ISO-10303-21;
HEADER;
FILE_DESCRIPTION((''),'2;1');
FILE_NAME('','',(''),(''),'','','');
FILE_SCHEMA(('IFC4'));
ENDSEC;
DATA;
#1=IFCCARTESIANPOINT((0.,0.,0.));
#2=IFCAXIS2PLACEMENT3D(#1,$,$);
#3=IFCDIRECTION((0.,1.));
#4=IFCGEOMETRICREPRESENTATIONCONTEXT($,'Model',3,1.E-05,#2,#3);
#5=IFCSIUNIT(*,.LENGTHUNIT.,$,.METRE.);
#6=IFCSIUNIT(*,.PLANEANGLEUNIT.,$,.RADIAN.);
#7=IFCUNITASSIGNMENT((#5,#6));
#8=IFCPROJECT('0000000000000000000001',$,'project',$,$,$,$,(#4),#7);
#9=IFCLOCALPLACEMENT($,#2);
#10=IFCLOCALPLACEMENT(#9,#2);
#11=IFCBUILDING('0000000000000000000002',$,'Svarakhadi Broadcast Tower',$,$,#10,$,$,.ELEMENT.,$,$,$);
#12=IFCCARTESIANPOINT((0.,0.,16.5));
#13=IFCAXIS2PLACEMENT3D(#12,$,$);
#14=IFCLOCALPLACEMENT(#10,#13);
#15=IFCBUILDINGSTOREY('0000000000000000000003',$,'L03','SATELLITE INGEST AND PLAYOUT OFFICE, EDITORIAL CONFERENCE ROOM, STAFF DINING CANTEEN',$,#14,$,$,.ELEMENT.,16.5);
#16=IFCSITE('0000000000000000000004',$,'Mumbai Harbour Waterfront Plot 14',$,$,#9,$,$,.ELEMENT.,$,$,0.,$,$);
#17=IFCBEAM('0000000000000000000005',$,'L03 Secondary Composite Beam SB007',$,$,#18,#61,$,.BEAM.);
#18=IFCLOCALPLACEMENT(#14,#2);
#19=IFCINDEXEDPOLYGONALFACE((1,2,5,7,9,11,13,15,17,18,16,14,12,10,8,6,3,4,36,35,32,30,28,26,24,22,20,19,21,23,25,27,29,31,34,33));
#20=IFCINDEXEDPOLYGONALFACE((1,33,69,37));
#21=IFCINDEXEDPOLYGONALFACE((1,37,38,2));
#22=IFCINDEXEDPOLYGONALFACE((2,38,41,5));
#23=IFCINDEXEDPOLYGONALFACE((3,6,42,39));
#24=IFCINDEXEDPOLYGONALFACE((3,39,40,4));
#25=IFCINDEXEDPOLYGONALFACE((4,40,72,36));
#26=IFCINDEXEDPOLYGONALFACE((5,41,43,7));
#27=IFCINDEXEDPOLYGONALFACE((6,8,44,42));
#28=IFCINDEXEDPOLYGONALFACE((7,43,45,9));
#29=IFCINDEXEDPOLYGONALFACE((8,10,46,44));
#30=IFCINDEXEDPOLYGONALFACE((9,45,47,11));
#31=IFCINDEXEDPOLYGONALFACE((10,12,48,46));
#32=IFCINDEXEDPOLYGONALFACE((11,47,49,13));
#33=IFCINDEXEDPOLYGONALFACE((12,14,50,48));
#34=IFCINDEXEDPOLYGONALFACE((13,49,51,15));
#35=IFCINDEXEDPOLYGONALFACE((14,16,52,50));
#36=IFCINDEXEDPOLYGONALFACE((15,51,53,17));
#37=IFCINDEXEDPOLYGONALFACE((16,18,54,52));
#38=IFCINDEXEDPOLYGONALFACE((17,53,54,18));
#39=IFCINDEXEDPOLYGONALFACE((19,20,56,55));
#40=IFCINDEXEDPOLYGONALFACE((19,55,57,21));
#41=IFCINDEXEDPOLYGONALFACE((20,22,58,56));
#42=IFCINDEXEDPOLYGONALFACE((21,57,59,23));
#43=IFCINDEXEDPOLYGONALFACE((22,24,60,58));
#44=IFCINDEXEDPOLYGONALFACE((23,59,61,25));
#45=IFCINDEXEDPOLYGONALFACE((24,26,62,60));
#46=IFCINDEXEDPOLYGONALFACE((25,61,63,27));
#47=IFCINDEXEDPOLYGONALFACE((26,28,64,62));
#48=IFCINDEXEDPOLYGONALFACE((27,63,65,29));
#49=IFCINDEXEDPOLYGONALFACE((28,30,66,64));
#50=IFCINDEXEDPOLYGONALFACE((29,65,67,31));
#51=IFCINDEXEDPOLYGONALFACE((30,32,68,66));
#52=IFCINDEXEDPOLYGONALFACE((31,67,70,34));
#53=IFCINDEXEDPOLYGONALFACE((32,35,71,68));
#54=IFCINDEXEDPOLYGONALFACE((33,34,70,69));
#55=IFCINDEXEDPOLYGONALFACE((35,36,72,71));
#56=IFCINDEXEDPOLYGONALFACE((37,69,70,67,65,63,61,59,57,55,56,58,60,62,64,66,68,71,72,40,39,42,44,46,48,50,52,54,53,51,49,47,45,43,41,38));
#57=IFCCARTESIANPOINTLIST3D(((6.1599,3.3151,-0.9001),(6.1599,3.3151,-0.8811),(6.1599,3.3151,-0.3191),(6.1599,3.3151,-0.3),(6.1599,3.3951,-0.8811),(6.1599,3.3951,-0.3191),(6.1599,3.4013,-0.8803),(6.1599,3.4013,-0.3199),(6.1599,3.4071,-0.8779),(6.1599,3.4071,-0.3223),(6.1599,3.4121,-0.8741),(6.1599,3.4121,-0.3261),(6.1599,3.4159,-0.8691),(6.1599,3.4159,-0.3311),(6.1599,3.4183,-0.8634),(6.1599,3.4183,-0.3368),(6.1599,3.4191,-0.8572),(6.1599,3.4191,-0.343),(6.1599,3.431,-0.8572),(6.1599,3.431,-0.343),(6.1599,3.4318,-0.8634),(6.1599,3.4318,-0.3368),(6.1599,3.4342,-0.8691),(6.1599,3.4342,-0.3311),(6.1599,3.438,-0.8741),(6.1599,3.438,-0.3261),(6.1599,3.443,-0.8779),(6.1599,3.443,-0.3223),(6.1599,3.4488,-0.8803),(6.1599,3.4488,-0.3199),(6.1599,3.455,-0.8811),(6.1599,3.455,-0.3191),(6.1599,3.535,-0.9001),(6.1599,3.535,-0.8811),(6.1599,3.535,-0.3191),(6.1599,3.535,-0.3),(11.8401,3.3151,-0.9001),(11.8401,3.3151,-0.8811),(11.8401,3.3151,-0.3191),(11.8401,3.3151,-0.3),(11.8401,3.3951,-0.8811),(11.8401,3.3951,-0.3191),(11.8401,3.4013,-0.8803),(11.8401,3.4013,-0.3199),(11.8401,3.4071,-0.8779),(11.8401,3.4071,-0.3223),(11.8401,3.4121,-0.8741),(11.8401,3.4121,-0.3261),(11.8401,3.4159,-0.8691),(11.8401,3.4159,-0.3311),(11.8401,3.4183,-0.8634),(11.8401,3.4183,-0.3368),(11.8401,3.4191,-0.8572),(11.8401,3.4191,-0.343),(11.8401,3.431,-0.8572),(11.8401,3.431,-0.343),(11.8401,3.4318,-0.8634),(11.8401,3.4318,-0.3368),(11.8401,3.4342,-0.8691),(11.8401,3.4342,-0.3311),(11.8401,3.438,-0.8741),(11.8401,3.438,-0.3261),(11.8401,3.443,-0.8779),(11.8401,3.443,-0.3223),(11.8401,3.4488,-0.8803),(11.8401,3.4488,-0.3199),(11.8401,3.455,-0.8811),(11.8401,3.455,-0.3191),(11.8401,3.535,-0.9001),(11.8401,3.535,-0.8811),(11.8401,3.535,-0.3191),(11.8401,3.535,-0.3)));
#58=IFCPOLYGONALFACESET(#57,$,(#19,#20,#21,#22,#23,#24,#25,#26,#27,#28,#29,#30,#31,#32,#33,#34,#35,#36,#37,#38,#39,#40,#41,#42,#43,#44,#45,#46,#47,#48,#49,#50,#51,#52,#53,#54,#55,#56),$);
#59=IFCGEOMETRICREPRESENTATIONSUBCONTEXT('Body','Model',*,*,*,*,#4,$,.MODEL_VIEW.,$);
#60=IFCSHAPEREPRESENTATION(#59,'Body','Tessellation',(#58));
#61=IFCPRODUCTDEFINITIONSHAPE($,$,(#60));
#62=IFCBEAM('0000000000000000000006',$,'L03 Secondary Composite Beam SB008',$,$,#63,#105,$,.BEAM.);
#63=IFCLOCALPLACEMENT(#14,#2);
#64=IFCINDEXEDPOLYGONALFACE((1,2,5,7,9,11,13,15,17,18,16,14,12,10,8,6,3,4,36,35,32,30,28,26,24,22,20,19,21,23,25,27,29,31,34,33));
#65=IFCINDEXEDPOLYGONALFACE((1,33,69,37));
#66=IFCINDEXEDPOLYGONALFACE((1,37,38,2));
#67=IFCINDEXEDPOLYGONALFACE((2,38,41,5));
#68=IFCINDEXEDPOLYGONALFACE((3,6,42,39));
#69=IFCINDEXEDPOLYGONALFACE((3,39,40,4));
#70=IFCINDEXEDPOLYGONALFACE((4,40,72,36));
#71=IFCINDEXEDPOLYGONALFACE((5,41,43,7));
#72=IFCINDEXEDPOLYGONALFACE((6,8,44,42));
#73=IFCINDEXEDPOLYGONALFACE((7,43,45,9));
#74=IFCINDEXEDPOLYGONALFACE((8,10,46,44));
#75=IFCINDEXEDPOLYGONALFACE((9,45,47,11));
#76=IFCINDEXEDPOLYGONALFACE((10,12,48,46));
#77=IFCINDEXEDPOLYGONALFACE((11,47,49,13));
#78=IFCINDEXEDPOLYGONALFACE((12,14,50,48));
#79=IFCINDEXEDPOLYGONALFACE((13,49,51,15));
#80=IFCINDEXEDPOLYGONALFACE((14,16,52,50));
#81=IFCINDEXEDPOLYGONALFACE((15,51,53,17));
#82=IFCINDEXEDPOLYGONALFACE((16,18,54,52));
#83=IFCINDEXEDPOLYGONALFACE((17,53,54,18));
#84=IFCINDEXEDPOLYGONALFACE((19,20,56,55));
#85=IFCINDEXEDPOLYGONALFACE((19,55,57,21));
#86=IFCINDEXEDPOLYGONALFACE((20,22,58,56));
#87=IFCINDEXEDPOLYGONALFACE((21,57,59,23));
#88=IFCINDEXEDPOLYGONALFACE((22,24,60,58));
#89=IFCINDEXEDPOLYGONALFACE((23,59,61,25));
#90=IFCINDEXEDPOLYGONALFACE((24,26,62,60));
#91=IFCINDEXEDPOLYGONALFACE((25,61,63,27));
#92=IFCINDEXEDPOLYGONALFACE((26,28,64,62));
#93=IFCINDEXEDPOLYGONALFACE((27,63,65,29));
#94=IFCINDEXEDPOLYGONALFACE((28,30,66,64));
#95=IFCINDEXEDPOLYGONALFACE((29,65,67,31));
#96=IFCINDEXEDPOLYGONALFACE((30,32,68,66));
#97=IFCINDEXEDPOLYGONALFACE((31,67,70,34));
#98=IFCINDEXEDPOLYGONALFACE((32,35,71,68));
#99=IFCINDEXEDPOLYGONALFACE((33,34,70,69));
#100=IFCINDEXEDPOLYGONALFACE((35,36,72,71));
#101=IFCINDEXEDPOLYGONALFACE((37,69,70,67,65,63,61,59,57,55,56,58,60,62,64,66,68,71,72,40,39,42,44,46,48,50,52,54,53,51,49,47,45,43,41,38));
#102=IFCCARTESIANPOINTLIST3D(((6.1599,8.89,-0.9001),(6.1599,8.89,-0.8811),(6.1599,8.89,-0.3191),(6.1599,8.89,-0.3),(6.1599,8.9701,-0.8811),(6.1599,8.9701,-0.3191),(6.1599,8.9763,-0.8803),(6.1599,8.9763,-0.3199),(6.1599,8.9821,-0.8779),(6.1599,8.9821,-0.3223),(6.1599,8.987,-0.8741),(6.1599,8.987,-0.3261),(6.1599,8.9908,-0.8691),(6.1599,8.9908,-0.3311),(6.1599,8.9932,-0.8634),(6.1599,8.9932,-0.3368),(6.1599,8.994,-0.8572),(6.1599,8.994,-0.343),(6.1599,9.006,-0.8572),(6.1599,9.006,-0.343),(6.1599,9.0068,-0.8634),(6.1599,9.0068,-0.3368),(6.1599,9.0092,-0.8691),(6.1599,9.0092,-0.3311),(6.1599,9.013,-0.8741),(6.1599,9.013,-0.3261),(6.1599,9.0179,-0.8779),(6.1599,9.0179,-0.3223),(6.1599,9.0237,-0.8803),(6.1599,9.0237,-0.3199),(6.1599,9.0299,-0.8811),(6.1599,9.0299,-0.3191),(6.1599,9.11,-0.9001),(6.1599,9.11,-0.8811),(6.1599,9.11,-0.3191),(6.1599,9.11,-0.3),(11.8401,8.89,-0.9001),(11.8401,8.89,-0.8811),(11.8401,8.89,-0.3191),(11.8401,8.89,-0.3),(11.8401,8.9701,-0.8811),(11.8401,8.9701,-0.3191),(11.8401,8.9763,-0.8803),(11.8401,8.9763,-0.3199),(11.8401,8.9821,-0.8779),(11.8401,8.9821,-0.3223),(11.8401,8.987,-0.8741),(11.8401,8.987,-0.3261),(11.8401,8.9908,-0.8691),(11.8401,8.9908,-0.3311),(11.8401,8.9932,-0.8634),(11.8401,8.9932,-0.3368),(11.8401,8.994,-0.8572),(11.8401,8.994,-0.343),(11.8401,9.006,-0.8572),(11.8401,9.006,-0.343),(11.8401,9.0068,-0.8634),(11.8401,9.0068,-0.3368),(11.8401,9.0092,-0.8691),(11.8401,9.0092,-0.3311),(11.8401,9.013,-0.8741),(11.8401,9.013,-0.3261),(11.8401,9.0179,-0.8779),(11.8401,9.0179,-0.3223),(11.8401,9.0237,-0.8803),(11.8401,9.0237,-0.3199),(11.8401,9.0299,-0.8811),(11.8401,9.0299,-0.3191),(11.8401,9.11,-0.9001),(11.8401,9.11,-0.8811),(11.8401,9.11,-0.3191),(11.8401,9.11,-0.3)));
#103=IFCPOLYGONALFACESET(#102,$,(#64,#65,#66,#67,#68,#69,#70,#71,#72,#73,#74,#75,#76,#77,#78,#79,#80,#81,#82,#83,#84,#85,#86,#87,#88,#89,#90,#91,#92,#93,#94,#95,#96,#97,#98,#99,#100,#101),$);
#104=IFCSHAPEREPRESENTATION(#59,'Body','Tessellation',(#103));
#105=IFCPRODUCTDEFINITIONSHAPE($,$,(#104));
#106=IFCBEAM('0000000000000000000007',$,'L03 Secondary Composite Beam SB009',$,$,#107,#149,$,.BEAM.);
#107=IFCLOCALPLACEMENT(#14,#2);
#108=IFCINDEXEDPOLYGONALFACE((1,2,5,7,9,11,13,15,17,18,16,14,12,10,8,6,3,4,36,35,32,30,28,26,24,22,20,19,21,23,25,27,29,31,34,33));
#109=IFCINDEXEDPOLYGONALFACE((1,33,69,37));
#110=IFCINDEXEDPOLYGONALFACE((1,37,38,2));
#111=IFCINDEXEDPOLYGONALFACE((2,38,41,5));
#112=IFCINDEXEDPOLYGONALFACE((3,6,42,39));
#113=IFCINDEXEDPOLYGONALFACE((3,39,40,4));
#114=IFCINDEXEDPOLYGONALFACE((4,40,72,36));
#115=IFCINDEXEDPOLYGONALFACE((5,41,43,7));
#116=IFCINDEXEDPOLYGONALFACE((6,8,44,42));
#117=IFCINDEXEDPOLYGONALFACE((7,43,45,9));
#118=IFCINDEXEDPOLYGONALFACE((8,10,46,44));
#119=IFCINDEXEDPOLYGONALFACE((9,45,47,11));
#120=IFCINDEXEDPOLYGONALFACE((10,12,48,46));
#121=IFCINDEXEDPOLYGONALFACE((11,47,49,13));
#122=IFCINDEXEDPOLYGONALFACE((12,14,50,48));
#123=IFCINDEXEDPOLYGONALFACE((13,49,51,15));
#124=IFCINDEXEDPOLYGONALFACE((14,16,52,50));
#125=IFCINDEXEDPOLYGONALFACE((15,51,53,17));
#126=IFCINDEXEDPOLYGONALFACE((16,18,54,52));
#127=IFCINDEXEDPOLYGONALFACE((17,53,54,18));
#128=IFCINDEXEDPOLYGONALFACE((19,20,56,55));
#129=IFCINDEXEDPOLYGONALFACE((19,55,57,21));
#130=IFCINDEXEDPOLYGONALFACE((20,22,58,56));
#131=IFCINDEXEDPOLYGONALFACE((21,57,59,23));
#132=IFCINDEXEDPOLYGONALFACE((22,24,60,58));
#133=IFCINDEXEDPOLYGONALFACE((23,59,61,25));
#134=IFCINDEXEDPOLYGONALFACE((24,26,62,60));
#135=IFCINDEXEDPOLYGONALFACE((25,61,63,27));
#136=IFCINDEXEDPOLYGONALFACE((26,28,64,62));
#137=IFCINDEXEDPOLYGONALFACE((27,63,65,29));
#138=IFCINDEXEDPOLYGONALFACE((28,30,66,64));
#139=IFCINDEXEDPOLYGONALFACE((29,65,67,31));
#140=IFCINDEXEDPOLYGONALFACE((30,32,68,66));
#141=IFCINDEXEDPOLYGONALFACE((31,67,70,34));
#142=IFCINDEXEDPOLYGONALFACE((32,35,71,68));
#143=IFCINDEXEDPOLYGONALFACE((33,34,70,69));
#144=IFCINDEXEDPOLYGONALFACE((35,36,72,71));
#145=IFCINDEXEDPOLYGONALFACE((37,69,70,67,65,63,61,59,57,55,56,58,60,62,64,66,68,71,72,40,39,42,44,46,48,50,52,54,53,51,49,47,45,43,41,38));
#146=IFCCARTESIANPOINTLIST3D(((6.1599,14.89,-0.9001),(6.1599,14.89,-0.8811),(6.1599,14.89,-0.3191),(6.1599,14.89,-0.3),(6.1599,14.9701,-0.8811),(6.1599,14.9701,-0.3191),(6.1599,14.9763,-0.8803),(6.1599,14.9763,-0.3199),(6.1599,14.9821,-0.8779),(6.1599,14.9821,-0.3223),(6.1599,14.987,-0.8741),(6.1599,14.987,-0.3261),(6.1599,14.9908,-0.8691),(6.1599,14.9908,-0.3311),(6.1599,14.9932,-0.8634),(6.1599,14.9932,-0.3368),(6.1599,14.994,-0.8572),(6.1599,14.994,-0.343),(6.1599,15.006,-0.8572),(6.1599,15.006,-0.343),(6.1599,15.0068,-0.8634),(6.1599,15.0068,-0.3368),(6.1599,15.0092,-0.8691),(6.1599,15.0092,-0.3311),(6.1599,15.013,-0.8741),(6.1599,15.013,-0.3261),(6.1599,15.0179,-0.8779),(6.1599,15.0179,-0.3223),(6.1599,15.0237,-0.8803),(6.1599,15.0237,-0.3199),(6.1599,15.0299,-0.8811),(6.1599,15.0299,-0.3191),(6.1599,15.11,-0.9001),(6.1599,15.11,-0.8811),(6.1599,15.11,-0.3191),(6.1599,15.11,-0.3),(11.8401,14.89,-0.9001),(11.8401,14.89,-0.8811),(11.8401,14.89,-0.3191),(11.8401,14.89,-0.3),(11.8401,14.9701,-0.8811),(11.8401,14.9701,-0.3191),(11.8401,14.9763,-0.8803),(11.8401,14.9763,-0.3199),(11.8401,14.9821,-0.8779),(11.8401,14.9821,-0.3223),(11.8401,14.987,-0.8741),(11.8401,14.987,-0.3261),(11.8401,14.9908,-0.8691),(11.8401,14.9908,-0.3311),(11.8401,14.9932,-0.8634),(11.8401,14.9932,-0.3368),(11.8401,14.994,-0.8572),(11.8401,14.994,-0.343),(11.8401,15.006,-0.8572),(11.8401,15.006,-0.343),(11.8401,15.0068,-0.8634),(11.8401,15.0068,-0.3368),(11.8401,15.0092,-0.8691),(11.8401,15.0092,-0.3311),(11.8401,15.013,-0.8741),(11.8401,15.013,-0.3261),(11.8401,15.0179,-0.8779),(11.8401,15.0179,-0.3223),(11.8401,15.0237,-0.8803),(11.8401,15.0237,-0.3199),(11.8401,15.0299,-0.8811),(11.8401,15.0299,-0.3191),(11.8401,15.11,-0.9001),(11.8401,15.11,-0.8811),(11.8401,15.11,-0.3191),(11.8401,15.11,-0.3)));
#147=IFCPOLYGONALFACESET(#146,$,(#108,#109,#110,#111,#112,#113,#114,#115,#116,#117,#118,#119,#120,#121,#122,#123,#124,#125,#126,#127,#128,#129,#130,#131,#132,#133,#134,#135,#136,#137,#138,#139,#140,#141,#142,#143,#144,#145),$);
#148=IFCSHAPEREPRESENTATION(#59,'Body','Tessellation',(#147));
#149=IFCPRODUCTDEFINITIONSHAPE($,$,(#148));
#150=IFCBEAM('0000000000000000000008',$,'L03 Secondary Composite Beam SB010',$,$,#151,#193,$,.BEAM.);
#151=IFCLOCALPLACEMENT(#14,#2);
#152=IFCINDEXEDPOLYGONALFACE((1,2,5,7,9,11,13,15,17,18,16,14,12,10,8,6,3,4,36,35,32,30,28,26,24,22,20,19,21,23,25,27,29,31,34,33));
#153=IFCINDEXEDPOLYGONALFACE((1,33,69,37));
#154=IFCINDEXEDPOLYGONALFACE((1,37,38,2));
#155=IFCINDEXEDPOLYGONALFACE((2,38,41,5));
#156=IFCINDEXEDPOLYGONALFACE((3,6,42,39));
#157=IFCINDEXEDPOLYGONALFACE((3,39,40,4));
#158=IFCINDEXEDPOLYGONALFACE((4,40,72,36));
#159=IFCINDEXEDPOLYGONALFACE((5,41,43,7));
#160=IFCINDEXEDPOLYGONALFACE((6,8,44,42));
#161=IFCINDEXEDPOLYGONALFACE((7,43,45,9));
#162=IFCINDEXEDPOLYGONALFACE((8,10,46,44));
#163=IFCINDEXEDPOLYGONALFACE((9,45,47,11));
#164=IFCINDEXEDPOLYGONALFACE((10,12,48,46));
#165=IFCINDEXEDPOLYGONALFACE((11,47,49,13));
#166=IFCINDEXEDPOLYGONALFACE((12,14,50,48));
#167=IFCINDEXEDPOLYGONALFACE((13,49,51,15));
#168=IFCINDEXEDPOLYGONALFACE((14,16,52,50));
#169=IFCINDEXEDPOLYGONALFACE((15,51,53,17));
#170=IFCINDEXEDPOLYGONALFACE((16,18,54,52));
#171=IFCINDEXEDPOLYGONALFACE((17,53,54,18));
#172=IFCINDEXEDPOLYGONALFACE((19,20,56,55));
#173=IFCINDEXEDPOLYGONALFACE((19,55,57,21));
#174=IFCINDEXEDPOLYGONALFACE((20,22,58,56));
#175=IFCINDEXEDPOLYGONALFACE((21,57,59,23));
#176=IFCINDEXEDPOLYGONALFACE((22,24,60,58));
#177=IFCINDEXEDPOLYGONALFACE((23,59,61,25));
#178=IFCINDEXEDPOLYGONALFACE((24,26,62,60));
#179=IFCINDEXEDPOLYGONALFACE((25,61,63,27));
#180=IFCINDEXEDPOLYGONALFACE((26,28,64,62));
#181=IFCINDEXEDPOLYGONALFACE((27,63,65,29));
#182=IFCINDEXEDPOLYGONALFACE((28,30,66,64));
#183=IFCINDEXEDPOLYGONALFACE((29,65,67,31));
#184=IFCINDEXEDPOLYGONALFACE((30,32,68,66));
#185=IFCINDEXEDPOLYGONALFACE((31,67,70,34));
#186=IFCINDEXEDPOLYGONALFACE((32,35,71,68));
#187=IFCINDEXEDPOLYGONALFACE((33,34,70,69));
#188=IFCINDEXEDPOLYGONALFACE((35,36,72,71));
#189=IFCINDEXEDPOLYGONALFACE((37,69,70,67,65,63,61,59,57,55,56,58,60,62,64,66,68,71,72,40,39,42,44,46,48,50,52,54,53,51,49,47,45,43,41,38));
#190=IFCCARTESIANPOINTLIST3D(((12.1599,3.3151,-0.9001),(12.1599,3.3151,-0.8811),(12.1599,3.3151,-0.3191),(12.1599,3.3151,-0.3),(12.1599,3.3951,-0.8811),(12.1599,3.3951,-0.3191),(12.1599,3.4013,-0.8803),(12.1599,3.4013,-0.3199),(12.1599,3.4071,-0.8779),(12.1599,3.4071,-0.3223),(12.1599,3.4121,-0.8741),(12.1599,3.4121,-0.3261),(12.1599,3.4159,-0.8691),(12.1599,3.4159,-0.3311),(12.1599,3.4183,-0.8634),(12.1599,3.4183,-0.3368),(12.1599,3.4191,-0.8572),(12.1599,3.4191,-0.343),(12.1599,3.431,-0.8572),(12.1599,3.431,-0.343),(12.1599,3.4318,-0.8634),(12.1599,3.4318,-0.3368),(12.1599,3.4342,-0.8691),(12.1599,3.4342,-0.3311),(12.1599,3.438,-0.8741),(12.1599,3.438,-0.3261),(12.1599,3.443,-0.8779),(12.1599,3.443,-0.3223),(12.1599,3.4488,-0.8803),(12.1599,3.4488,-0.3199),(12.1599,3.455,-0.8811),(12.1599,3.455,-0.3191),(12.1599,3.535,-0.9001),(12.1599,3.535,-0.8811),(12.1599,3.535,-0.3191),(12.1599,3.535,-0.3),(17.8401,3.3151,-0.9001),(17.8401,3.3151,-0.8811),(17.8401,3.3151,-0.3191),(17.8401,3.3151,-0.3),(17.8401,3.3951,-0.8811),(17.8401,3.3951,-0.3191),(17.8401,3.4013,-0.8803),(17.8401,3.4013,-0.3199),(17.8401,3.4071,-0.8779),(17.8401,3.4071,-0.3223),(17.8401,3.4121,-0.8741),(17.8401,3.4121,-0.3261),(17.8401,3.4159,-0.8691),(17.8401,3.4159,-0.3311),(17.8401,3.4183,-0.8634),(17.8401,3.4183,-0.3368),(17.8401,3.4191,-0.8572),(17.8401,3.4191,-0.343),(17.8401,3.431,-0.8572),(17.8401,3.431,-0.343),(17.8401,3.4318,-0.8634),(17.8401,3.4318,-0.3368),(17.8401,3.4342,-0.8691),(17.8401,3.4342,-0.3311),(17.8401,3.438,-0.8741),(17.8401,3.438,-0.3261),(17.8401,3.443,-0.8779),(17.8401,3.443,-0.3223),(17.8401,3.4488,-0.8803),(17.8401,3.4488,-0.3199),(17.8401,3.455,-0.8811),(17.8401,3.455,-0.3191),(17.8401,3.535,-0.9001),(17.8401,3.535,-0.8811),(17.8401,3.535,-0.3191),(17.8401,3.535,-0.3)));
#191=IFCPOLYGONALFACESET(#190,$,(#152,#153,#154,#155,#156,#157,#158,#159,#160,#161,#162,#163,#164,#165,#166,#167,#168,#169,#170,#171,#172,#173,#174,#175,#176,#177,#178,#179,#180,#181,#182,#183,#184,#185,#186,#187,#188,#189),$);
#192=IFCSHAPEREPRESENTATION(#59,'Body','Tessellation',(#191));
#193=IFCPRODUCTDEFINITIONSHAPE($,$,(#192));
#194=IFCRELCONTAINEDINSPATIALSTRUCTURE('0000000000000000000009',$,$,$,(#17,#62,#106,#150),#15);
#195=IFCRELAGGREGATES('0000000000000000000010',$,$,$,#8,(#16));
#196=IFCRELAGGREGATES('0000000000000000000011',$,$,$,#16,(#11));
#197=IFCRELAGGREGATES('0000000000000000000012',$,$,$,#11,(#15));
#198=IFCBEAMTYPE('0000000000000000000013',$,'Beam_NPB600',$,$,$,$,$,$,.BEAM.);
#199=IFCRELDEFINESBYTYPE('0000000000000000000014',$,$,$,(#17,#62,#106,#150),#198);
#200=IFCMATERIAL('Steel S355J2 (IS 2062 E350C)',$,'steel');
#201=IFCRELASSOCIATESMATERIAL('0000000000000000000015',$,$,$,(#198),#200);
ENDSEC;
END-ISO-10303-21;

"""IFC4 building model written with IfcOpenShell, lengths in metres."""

from ifc_helpers import new_model, si_unit, direction, frame, origin, origin_2d, place, context, subcontext, project, spatial, i_section, extrude, material, material_profile, profile_set, type_object, element, save


model = new_model("IFC4")

# Units and contexts
model_context = context("Model", 3, precision=1e-05, world=origin(), true_north=direction((0.0, 1.0)))
body_context = subcontext(model_context, "Body", "Model", "MODEL_VIEW")
ifc_project = project(units=[si_unit("LENGTHUNIT", "METRE"), si_unit("PLANEANGLEUNIT", "RADIAN")], contexts=[model_context])

# Site, building, storey
site_placement = place(None, origin())
site = spatial("IfcSite", under=ifc_project, at=site_placement, Name="Mumbai Harbour Waterfront Plot 14", CompositionType="ELEMENT", RefElevation=0.0)
building_placement = place(site_placement, origin())
building = spatial("IfcBuilding", under=site, at=building_placement, Name="Svarakhadi Broadcast Tower", CompositionType="ELEMENT")
storey_placement = place(building_placement, frame((0.0, 0.0, 16.5)))
storey = spatial("IfcBuildingStorey", under=building, at=storey_placement, Name="L03", Description="SATELLITE INGEST AND PLAYOUT OFFICE, EDITORIAL CONFERENCE ROOM, STAFF DINING CANTEEN", CompositionType="ELEMENT", Elevation=16.5)

# Beams
ifc_material_1 = material(Name="Steel S355J2 (IS 2062 E350C)", Category="steel")
ifc_material_profile_1 = material_profile(ifc_material_1, i_section(OverallWidth=0.22, OverallDepth=0.6001, WebThickness=0.012, FlangeThickness=0.019, FilletRadius=0.0239, at=origin_2d()), Name="NPB 600x220x122")
ifc_profile_set_1 = profile_set([ifc_material_profile_1], Name="Steel S355J2 (IS 2062 E350C)")
beam_type_1 = type_object("IfcBeamType", Name="Beam_NPB600", PredefinedType="BEAM", material=ifc_profile_set_1)
for number, where, z_axis, x_axis, name in (
    (1, (6.1599, 3.425, -0.6001), (1.0, 0.0, 0.0), (0.0, 1.0, 0.0), "L03 Secondary Composite Beam SB007"),
    (2, (6.1599, 9.0, -0.6001), (1.0, 0.0, 0.0), (0.0, 1.0, 0.0), "L03 Secondary Composite Beam SB008"),
    (3, (6.1599, 15.0, -0.6001), (1.0, 0.0, 0.0), (0.0, 1.0, 0.0), "L03 Secondary Composite Beam SB009"),
    (4, (12.1599, 3.425, -0.6001), (1.0, 0.0, 0.0), (0.0, 1.0, 0.0), "L03 Secondary Composite Beam SB010"),
):
    element("IfcBeam", number, at=place(storey_placement, frame(where, z_axis=z_axis, x_axis=x_axis)), inside=storey, type_object=beam_type_1, Name=name, PredefinedType="BEAM", context=body_context, shape_type="SweptSolid", body=[
        extrude(i_section(OverallWidth=0.22, OverallDepth=0.6001, WebThickness=0.012, FlangeThickness=0.019, FilletRadius=0.0239, at=origin_2d()), origin(), (0.0, 0.0, 1.0), 5.6802),
    ])

save(model, "model.ifc")
